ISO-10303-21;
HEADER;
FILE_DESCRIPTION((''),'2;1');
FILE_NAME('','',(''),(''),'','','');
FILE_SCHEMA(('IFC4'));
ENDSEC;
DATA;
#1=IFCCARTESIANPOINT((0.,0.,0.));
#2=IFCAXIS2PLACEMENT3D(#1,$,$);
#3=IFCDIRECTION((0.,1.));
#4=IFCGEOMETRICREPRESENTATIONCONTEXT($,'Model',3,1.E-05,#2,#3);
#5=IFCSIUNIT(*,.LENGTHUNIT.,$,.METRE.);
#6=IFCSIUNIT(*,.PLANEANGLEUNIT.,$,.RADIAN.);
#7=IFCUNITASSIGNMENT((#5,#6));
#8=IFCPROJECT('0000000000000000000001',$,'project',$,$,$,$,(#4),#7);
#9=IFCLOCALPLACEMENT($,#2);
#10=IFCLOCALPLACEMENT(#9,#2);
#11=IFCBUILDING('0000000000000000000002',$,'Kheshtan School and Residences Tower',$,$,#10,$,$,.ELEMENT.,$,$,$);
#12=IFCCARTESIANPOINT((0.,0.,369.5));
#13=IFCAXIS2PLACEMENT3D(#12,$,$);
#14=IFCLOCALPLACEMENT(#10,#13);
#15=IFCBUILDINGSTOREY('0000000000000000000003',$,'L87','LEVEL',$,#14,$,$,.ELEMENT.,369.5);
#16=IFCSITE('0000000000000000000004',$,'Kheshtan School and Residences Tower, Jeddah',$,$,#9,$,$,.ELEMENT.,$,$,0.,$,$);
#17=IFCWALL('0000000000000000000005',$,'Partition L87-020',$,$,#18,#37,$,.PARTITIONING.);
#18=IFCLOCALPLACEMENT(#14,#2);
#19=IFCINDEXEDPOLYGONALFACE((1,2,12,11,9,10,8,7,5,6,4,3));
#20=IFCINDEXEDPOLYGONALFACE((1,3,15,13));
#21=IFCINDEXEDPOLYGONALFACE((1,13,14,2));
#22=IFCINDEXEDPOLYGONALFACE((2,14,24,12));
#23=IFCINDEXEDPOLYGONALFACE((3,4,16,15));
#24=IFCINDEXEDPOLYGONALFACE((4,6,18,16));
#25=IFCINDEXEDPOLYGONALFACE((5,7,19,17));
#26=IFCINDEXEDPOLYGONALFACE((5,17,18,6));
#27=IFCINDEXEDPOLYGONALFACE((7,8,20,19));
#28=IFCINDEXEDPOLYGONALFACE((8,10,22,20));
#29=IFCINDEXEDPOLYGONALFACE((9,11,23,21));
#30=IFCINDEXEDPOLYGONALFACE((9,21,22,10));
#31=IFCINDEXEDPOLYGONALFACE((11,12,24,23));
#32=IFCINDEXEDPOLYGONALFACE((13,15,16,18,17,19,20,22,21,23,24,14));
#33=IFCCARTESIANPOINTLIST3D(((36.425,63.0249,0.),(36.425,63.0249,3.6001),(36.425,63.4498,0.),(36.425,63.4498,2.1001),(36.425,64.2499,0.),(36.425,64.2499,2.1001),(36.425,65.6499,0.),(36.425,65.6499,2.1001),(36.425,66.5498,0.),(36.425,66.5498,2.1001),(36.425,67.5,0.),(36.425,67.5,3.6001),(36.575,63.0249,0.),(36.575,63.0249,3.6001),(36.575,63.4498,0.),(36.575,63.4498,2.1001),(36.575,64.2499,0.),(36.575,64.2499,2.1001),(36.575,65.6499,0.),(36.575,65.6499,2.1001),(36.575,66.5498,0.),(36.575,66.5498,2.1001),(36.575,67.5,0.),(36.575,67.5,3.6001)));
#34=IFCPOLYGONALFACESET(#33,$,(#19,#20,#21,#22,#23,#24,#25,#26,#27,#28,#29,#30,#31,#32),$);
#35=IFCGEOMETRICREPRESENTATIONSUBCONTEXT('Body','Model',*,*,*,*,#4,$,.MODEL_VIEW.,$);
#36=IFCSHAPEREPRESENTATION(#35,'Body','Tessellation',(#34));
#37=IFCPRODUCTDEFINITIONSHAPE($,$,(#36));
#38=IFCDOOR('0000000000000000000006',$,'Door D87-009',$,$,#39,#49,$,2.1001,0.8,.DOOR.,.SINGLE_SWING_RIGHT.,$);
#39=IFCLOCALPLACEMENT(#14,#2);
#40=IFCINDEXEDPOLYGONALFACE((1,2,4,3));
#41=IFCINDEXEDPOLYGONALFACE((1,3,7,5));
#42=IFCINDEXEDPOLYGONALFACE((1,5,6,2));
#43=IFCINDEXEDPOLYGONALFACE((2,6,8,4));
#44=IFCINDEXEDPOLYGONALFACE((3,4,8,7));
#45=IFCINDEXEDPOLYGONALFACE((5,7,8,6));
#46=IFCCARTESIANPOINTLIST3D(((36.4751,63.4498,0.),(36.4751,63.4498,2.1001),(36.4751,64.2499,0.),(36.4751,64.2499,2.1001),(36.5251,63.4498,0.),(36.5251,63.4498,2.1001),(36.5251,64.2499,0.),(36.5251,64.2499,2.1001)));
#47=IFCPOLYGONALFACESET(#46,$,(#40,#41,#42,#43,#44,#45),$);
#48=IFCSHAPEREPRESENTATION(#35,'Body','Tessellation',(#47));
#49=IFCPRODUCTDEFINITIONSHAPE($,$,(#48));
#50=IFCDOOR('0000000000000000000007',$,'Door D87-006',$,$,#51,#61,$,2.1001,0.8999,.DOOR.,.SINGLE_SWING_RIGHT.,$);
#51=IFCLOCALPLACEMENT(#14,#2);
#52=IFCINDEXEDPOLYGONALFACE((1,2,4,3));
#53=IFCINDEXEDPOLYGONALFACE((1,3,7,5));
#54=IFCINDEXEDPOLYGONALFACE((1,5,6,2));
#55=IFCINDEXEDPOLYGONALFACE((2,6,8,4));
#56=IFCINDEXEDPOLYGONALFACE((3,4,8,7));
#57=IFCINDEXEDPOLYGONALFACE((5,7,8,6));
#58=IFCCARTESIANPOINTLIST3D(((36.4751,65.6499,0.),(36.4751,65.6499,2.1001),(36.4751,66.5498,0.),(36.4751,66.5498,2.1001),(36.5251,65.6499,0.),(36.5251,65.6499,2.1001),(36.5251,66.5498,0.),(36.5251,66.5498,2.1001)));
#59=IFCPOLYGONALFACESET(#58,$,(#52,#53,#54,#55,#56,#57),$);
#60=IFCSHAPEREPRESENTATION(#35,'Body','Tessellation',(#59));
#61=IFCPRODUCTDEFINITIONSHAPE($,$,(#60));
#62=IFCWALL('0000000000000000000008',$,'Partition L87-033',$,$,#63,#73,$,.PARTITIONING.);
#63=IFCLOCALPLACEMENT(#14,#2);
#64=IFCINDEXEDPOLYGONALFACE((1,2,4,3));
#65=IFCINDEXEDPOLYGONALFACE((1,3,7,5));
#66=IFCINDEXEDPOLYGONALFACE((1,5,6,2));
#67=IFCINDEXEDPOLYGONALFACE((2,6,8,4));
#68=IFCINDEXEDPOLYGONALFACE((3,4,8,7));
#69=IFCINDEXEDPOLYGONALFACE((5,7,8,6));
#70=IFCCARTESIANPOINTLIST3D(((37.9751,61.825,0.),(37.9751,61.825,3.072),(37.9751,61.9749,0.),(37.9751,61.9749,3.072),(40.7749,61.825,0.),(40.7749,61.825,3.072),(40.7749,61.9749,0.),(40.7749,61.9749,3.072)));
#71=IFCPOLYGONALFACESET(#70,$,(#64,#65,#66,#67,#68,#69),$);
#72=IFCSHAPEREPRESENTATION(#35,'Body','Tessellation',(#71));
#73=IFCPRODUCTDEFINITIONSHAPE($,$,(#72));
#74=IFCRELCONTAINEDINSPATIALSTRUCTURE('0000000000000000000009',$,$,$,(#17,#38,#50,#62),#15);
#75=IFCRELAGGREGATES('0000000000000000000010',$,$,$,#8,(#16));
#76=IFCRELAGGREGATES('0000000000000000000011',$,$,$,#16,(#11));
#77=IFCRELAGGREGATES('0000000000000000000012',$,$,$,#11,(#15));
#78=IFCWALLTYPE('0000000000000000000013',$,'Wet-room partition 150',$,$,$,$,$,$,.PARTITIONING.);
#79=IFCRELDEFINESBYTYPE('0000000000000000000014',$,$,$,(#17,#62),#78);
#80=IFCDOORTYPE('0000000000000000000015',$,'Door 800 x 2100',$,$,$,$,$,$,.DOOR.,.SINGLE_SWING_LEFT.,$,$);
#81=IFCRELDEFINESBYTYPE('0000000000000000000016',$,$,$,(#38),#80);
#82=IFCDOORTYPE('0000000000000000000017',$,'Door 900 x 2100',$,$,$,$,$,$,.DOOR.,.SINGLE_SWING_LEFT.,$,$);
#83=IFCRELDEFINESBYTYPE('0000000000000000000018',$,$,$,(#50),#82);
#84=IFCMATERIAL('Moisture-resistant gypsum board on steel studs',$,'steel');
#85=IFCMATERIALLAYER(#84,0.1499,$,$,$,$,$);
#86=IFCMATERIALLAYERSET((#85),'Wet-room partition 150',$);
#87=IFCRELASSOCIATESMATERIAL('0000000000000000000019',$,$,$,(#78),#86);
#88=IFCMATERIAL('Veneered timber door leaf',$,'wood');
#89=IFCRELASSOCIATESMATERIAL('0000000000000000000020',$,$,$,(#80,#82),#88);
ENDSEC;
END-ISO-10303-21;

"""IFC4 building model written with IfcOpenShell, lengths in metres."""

from ifc_helpers import new_model, si_unit, direction, frame, frame_2d, origin, place, context, subcontext, project, spatial, rectangle, extrude, source, transform, mapped, material, layer, layer_set, type_object, element, fill, save


model = new_model("IFC4")

# Units and contexts
model_context = context("Model", 3, precision=1e-05, world=origin(), true_north=direction((0.0, 1.0)))
body_context = subcontext(model_context, "Body", "Model", "MODEL_VIEW")
ifc_project = project(units=[si_unit("LENGTHUNIT", "METRE"), si_unit("PLANEANGLEUNIT", "RADIAN")], contexts=[model_context])

# Site, building, storey
site_placement = place(None, origin())
site = spatial("IfcSite", under=ifc_project, at=site_placement, Name="Kheshtan School and Residences Tower, Jeddah", CompositionType="ELEMENT", RefElevation=0.0)
building_placement = place(site_placement, origin())
building = spatial("IfcBuilding", under=site, at=building_placement, Name="Kheshtan School and Residences Tower", CompositionType="ELEMENT")
storey_placement = place(building_placement, frame((0.0, 0.0, 369.5)))
storey = spatial("IfcBuildingStorey", under=building, at=storey_placement, Name="L87", Description="LEVEL", CompositionType="ELEMENT", Elevation=369.5)

# Shared definitions
ifc_material_1 = material(Name="Moisture-resistant gypsum board on steel studs", Category="steel")
ifc_layer_1 = layer(ifc_material_1, 0.1499)
ifc_layer_set_1 = layer_set([ifc_layer_1], Name="Wet-room partition 150")
wall_type_1 = type_object("IfcWallType", Name="Wet-room partition 150", PredefinedType="PARTITIONING", material=ifc_layer_set_1)

# Wall, openings, doors
wall_1_placement = place(storey_placement, frame((36.5, 63.0249, 0.0), z_axis=(0.0, 0.0, 1.0), x_axis=(0.0, 1.0, 0.0)))
wall_1 = element("IfcWall", 1, at=wall_1_placement, inside=storey, type_object=wall_type_1, Name="Partition L87-020", PredefinedType="PARTITIONING", context=body_context, shape_type="SweptSolid", body=[
    extrude(rectangle(XDim=4.4751, YDim=0.1499, at=frame_2d((2.2375, 0.0))), origin(), (0.0, 0.0, 1.0), 3.6001),
])
opening_1_placement = place(wall_1_placement, frame((2.625, 0.0, 0.0)))
opening_1 = element("IfcOpeningElement", 2, at=opening_1_placement, cuts=wall_1, PredefinedType="OPENING", context=body_context, shape_type="SweptSolid", body=[
    extrude(rectangle(XDim=0.8999, YDim=2.1001, at=frame_2d((0.45, 1.05))), frame((0.0, 0.085, 0.0), z_axis=(0.0, -1.0, 0.0), x_axis=(1.0, 0.0, 0.0)), (0.0, 0.0, 1.0), 0.1699),
])
opening_2_placement = place(wall_1_placement, frame((0.425, 0.0, 0.0)))
opening_2 = element("IfcOpeningElement", 3, at=opening_2_placement, cuts=wall_1, PredefinedType="OPENING", context=body_context, shape_type="SweptSolid", body=[
    extrude(rectangle(XDim=0.8, YDim=2.1001, at=frame_2d((0.3999, 1.05))), frame((0.0, 0.085, 0.0), z_axis=(0.0, -1.0, 0.0), x_axis=(1.0, 0.0, 0.0)), (0.0, 0.0, 1.0), 0.1699),
])
ifc_material_2 = material(Name="Veneered timber door leaf", Category="wood")
door_type_1 = type_object("IfcDoorType", Name="Door 800 x 2100", OperationType="SINGLE_SWING_LEFT", PredefinedType="DOOR", material=ifc_material_2)
shared_shape_1 = source(origin(), body_context, "Body", "SweptSolid", [
    extrude(rectangle(XDim=0.8, YDim=2.1001, at=frame_2d((0.3999, 1.05))), frame((0.0, 0.0249, 0.0), z_axis=(0.0, -1.0, 0.0), x_axis=(1.0, 0.0, 0.0)), (0.0, 0.0, 1.0), 0.05),
])
door_1_placement = place(opening_2_placement, origin())
door_1 = element("IfcDoor", 4, at=door_1_placement, inside=storey, type_object=door_type_1, Name="Door D87-009", OperationType="SINGLE_SWING_RIGHT", OverallHeight=2.1001, OverallWidth=0.8, PredefinedType="DOOR", context=body_context, shape_type="MappedRepresentation", body=[
    mapped(shared_shape_1, transform((0.0, 0.0, 0.0), x_axis=(1.0, 0.0, 0.0), y_axis=(0.0, 1.0, 0.0), z_axis=(0.0, 0.0, 1.0), scale=1.0)),
])
fill(opening_2, door_1)
door_type_2 = type_object("IfcDoorType", Name="Door 900 x 2100", OperationType="SINGLE_SWING_LEFT", PredefinedType="DOOR", material=ifc_material_2)
shared_shape_2 = source(origin(), body_context, "Body", "SweptSolid", [
    extrude(rectangle(XDim=0.8999, YDim=2.1001, at=frame_2d((0.45, 1.05))), frame((0.0, 0.0249, 0.0), z_axis=(0.0, -1.0, 0.0), x_axis=(1.0, 0.0, 0.0)), (0.0, 0.0, 1.0), 0.05),
])
door_2_placement = place(opening_1_placement, origin())
door_2 = element("IfcDoor", 5, at=door_2_placement, inside=storey, type_object=door_type_2, Name="Door D87-006", OperationType="SINGLE_SWING_RIGHT", OverallHeight=2.1001, OverallWidth=0.8999, PredefinedType="DOOR", context=body_context, shape_type="MappedRepresentation", body=[
    mapped(shared_shape_2, transform((0.0, 0.0, 0.0), x_axis=(1.0, 0.0, 0.0), y_axis=(0.0, 1.0, 0.0), z_axis=(0.0, 0.0, 1.0), scale=1.0)),
])
fill(opening_1, door_2)

# Wall
wall_2_placement = place(storey_placement, frame((37.9751, 61.8999, 0.0), z_axis=(0.0, 0.0, 1.0), x_axis=(1.0, 0.0, 0.0)))
element("IfcWall", 6, at=wall_2_placement, inside=storey, type_object=wall_type_1, Name="Partition L87-033", PredefinedType="PARTITIONING", context=body_context, shape_type="SweptSolid", body=[
    extrude(rectangle(XDim=2.7998, YDim=0.1499, at=frame_2d((1.3999, 0.0))), origin(), (0.0, 0.0, 1.0), 3.072),
])

save(model, "model.ifc")
